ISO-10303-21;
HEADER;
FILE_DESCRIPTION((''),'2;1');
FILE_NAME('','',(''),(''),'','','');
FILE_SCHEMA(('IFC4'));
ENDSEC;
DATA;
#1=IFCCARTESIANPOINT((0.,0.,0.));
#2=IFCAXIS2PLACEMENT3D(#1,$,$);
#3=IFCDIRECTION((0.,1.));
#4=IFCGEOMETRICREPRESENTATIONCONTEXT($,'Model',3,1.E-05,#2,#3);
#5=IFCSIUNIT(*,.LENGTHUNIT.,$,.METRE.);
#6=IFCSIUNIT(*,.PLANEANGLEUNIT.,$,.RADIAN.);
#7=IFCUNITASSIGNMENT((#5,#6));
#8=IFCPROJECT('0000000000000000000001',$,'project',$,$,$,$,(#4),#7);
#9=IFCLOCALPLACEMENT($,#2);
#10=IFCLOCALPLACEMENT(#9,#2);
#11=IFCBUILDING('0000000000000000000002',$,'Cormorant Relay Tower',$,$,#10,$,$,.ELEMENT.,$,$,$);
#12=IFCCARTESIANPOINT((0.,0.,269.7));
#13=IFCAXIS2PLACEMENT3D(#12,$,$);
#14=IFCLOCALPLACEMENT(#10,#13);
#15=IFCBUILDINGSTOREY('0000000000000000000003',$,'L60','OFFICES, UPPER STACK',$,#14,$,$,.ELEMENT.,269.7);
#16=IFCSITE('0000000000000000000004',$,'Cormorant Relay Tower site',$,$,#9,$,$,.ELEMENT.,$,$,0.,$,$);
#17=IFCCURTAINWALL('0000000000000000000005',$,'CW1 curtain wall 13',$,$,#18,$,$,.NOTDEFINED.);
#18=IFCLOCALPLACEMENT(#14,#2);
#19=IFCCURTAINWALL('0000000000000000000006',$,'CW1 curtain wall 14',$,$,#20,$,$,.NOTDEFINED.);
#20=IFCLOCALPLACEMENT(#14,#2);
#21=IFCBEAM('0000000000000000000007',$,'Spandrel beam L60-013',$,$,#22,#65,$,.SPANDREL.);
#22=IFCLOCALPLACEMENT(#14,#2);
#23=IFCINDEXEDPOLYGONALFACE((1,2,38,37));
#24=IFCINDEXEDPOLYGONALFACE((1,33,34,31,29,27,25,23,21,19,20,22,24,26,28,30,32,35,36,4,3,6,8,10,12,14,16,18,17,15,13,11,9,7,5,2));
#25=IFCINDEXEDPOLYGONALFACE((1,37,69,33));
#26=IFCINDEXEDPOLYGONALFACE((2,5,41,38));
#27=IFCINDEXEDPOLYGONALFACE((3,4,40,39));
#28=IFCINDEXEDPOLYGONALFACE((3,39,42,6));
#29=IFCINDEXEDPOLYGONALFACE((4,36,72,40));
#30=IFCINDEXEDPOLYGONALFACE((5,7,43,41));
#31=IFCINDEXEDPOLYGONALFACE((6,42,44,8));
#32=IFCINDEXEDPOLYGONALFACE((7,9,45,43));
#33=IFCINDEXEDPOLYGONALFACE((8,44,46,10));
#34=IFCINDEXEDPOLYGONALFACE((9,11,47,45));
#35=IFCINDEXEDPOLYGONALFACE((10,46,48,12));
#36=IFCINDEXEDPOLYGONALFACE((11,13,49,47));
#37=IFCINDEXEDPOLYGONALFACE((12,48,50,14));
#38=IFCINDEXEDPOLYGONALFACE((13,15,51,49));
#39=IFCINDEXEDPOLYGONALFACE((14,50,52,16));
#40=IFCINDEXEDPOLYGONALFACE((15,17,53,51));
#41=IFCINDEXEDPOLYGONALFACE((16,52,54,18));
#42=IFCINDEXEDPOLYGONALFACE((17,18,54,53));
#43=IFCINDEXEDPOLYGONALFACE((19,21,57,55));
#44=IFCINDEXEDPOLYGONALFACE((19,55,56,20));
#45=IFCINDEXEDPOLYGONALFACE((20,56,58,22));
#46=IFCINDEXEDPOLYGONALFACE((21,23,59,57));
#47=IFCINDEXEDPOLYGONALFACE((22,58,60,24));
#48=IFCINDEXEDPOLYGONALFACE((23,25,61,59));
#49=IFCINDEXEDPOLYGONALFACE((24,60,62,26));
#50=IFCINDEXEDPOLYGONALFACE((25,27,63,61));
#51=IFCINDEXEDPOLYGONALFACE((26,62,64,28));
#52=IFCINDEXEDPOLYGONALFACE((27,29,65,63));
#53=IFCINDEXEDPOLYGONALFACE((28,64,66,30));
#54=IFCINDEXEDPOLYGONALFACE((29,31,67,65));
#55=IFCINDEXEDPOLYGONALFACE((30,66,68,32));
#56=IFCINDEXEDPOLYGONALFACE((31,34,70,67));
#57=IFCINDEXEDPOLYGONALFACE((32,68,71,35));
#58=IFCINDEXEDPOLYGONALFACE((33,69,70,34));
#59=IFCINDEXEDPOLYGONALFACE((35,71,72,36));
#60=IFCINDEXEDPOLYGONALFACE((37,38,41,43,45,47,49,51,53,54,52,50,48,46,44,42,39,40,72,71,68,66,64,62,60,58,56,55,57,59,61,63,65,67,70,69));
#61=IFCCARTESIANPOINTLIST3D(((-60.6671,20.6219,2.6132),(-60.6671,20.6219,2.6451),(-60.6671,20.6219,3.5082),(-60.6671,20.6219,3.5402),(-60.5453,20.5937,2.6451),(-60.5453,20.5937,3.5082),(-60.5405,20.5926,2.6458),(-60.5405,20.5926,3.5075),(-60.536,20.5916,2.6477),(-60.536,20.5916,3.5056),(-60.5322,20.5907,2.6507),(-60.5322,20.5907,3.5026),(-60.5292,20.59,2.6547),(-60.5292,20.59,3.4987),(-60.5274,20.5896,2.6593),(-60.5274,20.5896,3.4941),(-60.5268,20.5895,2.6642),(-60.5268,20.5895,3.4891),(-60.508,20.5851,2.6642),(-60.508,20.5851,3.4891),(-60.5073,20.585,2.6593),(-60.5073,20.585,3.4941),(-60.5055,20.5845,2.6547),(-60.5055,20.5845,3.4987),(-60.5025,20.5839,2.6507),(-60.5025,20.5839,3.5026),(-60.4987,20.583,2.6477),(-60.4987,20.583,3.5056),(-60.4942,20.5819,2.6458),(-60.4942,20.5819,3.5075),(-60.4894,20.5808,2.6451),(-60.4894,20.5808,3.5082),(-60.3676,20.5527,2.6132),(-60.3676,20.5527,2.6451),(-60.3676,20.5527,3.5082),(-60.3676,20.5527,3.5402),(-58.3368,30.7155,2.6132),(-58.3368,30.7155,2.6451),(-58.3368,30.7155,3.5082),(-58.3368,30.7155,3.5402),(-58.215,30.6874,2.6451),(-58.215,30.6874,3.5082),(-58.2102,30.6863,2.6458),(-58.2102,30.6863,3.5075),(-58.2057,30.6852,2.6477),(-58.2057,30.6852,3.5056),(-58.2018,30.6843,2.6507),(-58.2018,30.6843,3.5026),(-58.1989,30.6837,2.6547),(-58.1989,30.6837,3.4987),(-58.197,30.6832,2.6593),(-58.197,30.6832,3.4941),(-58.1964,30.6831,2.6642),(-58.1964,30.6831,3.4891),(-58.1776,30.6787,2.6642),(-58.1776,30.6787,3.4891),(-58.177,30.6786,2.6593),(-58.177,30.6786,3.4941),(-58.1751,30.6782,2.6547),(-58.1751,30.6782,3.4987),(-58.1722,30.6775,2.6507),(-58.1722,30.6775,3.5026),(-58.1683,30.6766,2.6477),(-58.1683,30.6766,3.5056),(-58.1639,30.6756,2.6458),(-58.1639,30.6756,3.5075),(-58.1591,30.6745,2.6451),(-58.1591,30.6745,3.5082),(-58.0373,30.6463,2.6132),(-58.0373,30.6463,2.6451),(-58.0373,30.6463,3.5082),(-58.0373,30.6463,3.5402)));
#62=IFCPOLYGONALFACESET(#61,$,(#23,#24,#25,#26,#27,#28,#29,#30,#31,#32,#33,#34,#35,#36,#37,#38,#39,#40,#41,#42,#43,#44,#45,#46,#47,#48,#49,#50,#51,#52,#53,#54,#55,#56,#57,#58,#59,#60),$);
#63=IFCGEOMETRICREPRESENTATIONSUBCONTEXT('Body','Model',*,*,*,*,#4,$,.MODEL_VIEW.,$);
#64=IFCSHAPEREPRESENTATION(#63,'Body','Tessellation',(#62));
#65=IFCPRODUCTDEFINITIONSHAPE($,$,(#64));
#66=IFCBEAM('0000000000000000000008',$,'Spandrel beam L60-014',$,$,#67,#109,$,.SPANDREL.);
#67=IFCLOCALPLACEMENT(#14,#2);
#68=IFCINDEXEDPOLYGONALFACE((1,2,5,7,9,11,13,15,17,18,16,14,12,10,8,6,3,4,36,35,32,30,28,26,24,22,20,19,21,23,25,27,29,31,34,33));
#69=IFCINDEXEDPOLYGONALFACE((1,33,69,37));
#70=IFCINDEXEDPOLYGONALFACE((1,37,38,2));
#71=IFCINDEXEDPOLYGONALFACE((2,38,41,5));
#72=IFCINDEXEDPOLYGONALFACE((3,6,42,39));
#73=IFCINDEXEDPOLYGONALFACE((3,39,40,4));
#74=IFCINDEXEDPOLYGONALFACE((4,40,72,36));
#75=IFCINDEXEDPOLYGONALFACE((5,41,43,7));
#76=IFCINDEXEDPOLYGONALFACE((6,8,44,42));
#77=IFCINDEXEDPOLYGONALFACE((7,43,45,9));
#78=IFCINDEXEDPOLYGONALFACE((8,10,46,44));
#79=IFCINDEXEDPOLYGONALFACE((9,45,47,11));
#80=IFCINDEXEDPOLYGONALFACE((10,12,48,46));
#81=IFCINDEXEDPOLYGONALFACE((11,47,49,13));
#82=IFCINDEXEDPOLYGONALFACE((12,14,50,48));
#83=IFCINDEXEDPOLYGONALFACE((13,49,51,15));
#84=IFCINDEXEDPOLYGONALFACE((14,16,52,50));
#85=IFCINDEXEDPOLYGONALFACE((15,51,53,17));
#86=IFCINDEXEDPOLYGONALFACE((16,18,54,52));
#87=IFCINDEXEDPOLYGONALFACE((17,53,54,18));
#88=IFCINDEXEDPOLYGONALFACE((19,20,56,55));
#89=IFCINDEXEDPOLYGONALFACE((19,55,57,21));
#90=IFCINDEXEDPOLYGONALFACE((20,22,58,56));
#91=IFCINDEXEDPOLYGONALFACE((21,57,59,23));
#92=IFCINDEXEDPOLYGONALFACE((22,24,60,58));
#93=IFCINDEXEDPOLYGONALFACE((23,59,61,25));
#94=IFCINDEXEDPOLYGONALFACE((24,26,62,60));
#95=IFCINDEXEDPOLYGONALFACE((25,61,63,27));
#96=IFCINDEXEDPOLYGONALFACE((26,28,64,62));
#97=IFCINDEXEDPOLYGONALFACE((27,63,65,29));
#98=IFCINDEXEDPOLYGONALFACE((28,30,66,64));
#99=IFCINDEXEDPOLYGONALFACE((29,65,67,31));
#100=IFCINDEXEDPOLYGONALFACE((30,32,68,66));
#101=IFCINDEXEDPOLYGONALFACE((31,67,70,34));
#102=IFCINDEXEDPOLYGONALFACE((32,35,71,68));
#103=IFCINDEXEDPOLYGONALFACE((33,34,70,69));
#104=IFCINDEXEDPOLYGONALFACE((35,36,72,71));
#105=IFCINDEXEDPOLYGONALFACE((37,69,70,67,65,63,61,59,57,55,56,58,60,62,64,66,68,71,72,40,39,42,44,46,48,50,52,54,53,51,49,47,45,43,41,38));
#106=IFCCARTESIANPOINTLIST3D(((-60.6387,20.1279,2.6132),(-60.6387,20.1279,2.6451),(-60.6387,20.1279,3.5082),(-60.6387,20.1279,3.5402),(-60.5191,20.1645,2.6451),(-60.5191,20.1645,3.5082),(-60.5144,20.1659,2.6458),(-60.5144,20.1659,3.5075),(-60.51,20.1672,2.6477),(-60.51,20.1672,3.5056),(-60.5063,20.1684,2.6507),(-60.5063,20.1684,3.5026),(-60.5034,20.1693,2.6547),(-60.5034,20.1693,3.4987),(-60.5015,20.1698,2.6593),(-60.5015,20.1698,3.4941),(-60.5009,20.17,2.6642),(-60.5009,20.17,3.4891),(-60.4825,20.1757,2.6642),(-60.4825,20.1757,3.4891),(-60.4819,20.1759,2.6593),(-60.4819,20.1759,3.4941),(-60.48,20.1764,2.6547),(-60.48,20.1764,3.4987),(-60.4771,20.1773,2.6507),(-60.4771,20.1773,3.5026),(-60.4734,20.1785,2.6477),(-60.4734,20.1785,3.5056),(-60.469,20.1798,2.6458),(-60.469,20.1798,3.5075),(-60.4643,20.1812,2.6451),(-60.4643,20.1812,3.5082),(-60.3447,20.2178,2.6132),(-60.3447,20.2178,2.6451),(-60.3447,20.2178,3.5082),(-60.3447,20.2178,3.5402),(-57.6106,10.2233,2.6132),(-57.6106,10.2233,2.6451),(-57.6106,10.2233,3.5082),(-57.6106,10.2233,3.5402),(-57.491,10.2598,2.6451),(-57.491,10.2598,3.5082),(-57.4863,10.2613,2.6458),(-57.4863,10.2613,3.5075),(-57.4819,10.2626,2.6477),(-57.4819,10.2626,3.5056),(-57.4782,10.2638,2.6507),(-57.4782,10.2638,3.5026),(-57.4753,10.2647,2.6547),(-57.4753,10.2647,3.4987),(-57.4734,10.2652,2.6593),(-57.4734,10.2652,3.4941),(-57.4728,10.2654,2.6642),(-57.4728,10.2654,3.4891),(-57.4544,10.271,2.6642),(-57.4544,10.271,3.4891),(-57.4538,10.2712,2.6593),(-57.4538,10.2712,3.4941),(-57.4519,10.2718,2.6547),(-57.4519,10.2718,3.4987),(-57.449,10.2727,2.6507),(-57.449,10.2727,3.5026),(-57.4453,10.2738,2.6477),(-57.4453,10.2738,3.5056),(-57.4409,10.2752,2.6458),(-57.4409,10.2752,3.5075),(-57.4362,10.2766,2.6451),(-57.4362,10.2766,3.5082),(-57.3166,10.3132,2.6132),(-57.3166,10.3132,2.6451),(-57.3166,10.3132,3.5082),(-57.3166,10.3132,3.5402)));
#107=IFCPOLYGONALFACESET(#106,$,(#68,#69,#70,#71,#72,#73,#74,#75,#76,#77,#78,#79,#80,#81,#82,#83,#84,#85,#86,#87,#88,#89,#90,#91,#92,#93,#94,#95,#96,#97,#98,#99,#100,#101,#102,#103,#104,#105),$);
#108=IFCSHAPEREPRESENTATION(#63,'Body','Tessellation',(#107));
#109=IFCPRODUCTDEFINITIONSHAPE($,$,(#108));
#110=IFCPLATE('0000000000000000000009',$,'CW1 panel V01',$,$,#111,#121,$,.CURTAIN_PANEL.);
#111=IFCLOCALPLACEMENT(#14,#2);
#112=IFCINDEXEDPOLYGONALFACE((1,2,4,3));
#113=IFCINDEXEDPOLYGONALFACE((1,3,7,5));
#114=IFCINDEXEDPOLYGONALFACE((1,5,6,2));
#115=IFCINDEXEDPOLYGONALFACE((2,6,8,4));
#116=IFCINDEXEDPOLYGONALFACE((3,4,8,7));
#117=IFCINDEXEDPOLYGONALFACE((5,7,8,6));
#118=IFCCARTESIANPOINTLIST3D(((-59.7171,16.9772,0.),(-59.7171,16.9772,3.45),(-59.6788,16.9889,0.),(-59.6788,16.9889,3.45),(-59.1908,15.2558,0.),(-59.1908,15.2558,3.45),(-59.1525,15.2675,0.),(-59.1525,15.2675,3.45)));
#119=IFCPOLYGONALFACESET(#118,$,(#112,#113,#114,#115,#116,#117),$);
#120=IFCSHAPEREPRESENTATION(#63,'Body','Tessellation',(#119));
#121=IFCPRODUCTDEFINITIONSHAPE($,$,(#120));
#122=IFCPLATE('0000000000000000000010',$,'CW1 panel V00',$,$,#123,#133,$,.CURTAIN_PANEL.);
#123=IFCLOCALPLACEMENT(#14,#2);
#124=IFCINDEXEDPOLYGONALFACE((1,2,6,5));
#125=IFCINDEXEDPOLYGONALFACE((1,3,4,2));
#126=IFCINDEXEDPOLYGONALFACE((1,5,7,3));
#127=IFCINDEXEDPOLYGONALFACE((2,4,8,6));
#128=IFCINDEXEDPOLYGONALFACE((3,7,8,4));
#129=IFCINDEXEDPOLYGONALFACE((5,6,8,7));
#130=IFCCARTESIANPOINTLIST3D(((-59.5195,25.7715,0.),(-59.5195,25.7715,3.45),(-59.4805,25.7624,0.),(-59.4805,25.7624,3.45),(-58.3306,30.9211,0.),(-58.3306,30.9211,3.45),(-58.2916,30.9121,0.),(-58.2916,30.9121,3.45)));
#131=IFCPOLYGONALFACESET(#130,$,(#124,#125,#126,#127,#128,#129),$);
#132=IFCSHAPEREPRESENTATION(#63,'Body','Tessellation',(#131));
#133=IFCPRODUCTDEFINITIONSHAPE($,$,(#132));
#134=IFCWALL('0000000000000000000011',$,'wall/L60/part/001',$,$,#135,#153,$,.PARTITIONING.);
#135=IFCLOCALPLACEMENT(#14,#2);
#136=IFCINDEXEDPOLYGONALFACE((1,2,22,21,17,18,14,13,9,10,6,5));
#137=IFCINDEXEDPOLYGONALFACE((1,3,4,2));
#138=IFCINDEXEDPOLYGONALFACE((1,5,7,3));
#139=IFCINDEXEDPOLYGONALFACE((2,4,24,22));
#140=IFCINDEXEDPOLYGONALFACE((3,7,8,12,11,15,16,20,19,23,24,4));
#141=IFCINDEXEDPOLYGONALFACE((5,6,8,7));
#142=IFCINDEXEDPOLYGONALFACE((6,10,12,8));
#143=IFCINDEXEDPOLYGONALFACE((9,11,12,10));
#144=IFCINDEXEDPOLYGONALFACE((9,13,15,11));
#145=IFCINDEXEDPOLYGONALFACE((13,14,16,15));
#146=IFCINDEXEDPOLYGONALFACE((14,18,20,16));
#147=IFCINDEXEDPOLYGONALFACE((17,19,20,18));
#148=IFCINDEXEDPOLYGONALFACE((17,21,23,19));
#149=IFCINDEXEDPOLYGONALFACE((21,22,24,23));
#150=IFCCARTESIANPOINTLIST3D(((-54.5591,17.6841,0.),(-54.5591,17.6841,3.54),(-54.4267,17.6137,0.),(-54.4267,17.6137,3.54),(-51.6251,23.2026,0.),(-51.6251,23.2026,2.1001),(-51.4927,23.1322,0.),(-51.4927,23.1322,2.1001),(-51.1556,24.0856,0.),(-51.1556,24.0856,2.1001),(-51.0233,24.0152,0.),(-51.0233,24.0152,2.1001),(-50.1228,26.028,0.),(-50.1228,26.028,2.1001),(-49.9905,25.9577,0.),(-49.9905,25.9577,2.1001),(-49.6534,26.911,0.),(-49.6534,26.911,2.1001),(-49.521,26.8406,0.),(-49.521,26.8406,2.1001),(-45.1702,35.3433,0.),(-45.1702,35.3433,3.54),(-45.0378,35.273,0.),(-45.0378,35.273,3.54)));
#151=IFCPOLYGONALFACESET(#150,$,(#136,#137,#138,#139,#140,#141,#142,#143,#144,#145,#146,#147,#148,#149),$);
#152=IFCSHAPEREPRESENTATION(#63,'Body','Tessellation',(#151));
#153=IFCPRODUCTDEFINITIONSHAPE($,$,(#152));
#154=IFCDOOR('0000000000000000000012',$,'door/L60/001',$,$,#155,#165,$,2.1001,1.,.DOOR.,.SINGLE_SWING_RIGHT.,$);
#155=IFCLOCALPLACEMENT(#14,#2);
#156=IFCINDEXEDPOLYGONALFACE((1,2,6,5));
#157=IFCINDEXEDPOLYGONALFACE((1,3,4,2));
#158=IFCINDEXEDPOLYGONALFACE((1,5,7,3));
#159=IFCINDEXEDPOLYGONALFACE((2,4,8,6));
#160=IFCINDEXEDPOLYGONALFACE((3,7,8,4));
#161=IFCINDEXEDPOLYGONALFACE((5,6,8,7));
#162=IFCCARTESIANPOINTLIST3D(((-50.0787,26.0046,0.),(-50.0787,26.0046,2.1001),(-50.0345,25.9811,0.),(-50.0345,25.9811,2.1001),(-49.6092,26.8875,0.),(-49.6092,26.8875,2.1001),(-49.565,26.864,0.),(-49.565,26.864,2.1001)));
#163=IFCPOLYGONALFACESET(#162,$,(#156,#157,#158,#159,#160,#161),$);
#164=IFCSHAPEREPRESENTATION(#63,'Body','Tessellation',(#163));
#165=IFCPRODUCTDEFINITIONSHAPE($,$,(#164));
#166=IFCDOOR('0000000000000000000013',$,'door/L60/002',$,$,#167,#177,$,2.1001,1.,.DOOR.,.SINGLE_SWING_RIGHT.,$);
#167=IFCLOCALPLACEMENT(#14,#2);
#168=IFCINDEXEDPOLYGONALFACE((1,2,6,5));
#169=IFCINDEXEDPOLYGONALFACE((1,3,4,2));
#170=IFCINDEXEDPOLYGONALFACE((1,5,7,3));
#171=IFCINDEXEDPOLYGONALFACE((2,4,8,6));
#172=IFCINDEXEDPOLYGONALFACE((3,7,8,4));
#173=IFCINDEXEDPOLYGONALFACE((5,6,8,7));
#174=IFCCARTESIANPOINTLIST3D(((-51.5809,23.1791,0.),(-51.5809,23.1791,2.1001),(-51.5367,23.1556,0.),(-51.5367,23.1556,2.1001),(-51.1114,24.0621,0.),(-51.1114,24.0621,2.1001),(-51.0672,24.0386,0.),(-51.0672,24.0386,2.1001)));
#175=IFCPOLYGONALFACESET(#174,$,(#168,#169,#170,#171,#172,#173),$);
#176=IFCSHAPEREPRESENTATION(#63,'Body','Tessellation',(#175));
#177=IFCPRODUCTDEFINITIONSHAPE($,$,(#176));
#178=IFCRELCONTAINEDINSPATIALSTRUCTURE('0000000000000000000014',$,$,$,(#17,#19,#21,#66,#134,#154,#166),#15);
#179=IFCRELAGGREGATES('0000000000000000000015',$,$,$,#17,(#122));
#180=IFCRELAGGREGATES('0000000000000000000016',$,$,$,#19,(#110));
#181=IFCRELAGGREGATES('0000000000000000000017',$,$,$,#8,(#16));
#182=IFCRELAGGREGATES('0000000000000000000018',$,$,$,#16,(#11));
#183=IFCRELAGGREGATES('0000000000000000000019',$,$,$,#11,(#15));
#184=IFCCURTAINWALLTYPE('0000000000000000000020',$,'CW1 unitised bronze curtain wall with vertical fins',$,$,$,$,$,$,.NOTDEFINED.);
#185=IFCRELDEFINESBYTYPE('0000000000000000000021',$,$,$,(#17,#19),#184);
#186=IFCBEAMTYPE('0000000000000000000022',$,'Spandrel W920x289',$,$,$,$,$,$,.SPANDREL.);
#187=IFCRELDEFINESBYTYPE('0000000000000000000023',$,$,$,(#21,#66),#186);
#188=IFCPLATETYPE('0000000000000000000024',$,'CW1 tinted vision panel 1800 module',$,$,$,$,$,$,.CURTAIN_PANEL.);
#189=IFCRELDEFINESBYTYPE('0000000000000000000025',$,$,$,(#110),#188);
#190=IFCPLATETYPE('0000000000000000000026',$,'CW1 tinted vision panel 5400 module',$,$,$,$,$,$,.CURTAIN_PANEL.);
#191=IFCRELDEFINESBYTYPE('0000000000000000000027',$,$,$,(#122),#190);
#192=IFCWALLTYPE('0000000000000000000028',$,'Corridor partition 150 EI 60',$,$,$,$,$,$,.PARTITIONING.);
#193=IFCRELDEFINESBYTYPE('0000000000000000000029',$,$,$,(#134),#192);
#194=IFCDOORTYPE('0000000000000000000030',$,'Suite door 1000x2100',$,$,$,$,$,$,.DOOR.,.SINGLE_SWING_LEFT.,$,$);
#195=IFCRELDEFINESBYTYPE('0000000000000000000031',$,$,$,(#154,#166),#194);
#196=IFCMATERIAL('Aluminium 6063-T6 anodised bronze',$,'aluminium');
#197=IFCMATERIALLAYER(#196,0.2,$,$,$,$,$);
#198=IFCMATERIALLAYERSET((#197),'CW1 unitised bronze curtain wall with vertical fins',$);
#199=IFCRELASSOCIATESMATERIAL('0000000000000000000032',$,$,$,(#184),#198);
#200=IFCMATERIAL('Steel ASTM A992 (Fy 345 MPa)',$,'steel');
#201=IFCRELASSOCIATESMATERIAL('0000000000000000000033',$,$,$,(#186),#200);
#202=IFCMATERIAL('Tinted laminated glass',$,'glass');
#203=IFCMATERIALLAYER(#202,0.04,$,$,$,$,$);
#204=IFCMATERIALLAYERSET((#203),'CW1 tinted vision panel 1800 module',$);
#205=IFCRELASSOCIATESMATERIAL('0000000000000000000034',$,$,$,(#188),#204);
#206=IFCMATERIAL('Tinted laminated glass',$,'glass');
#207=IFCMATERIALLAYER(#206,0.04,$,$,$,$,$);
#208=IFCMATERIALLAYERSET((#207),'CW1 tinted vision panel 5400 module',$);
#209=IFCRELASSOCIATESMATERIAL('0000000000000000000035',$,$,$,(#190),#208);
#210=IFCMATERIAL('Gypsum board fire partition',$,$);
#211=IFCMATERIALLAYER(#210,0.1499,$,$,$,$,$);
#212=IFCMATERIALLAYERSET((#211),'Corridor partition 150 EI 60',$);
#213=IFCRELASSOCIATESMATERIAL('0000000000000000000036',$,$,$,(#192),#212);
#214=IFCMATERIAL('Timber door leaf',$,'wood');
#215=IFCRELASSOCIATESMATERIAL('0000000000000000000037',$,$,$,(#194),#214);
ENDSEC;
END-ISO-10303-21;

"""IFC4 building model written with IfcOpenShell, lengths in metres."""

from ifc_helpers import new_model, si_unit, direction, frame, frame_2d, origin, origin_2d, place, context, subcontext, project, spatial, rectangle, i_section, extrude, material, layer, layer_set, material_profile, profile_set, type_object, element, fill, aggregate, save


model = new_model("IFC4")

# Units and contexts
model_context = context("Model", 3, precision=1e-05, world=origin(), true_north=direction((0.0, 1.0)))
body_context = subcontext(model_context, "Body", "Model", "MODEL_VIEW")
ifc_project = project(units=[si_unit("LENGTHUNIT", "METRE"), si_unit("PLANEANGLEUNIT", "RADIAN")], contexts=[model_context])

# Site, building, storey
site_placement = place(None, origin())
site = spatial("IfcSite", under=ifc_project, at=site_placement, Name="Cormorant Relay Tower site", CompositionType="ELEMENT", RefElevation=0.0)
building_placement = place(site_placement, origin())
building = spatial("IfcBuilding", under=site, at=building_placement, Name="Cormorant Relay Tower", CompositionType="ELEMENT")
storey_placement = place(building_placement, frame((0.0, 0.0, 269.7)))
storey = spatial("IfcBuildingStorey", under=building, at=storey_placement, Name="L60", Description="OFFICES, UPPER STACK", CompositionType="ELEMENT", Elevation=269.7)

# Curtain wall
ifc_material_1 = material(Name="Aluminium 6063-T6 anodised bronze", Category="aluminium")
ifc_layer_1 = layer(ifc_material_1, 0.2)
ifc_layer_set_1 = layer_set([ifc_layer_1], Name="CW1 unitised bronze curtain wall with vertical fins")
curtain_wall_type = type_object("IfcCurtainWallType", Name="CW1 unitised bronze curtain wall with vertical fins", PredefinedType="NOTDEFINED", material=ifc_layer_set_1)
curtain_wall_1_placement = place(storey_placement, origin())
curtain_wall_1 = element("IfcCurtainWall", 1, at=curtain_wall_1_placement, inside=storey, type_object=curtain_wall_type, Name="CW1 curtain wall 13", PredefinedType="NOTDEFINED")

# Curtain wall
curtain_wall_2_placement = place(storey_placement, origin())
curtain_wall_2 = element("IfcCurtainWall", 2, at=curtain_wall_2_placement, inside=storey, type_object=curtain_wall_type, Name="CW1 curtain wall 14", PredefinedType="NOTDEFINED")

# Beams
ifc_material_2 = material(Name="Steel ASTM A992 (Fy 345 MPa)", Category="steel")
ifc_material_profile_1 = material_profile(ifc_material_2, i_section(OverallWidth=0.3074, OverallDepth=0.927, WebThickness=0.0193, FlangeThickness=0.032, FilletRadius=0.019, at=origin_2d()), Name="W920x289")
ifc_profile_set_1 = profile_set([ifc_material_profile_1], Name="Steel ASTM A992 (Fy 345 MPa)")
beam_type = type_object("IfcBeamType", Name="Spandrel W920x289", PredefinedType="SPANDREL", material=ifc_profile_set_1)
beam_1_placement = place(storey_placement, frame((-58.187, 30.6809, 3.0767), z_axis=(-0.224956, -0.974369, 0.0), x_axis=(0.974369, -0.224956, 0.0)))
element("IfcBeam", 3, at=beam_1_placement, inside=storey, type_object=beam_type, Name="Spandrel beam L60-013", PredefinedType="SPANDREL", context=body_context, shape_type="SweptSolid", body=[
    extrude(i_section(OverallWidth=0.3074, OverallDepth=0.927, WebThickness=0.0193, FlangeThickness=0.032, FilletRadius=0.019, at=origin_2d()), origin(), (0.0, 0.0, 1.0), 10.3591),
])
beam_2_placement = place(storey_placement, frame((-60.4917, 20.1729, 3.0767), z_axis=(0.292368, -0.956306, 0.0), x_axis=(0.956306, 0.292368, 0.0)))
element("IfcBeam", 4, at=beam_2_placement, inside=storey, type_object=beam_type, Name="Spandrel beam L60-014", PredefinedType="SPANDREL", context=body_context, shape_type="SweptSolid", body=[
    extrude(i_section(OverallWidth=0.3074, OverallDepth=0.927, WebThickness=0.0193, FlangeThickness=0.032, FilletRadius=0.019, at=origin_2d()), origin(), (0.0, 0.0, 1.0), 10.3572),
])

# Plates
ifc_material_3 = material(Name="Tinted laminated glass", Category="glass")
ifc_layer_2 = layer(ifc_material_3, 0.04)
ifc_layer_set_2 = layer_set([ifc_layer_2], Name="CW1 tinted vision panel 1800 module")
plate_type_1 = type_object("IfcPlateType", Name="CW1 tinted vision panel 1800 module", PredefinedType="CURTAIN_PANEL", material=ifc_layer_set_2)
plate_1_placement = place(storey_placement, frame((-59.4348, 16.1223, 0.0), z_axis=(0.0, 0.0, 1.0), x_axis=(0.292372, -0.956305, 0.0)))
plate_1 = element("IfcPlate", 5, at=plate_1_placement, type_object=plate_type_1, Name="CW1 panel V01", PredefinedType="CURTAIN_PANEL", context=body_context, shape_type="SweptSolid", body=[
    extrude(rectangle(XDim=1.8, YDim=0.04, at=origin_2d()), origin(), (0.0, 0.0, 1.0), 3.45),
])
ifc_material_4 = material(Name="Tinted laminated glass", Category="glass")
ifc_layer_3 = layer(ifc_material_4, 0.04)
ifc_layer_set_3 = layer_set([ifc_layer_3], Name="CW1 tinted vision panel 5400 module")
plate_type_2 = type_object("IfcPlateType", Name="CW1 tinted vision panel 5400 module", PredefinedType="CURTAIN_PANEL", material=ifc_layer_set_3)
plate_2_placement = place(storey_placement, frame((-58.9055, 28.3418, 0.0), z_axis=(0.0, 0.0, 1.0), x_axis=(-0.224951, -0.97437, 0.0)))
plate_2 = element("IfcPlate", 6, at=plate_2_placement, type_object=plate_type_2, Name="CW1 panel V00", PredefinedType="CURTAIN_PANEL", context=body_context, shape_type="SweptSolid", body=[
    extrude(rectangle(XDim=5.2852, YDim=0.04, at=origin_2d()), origin(), (0.0, 0.0, 1.0), 3.45),
])

# Wall, openings, doors
ifc_material_5 = material(Name="Gypsum board fire partition")
ifc_layer_4 = layer(ifc_material_5, 0.1499)
ifc_layer_set_4 = layer_set([ifc_layer_4], Name="Corridor partition 150 EI 60")
wall_type_1 = type_object("IfcWallType", Name="Corridor partition 150 EI 60", PredefinedType="PARTITIONING", material=ifc_layer_set_4)
wall_1_placement = place(storey_placement, frame((-54.4929, 17.6489, 0.0), z_axis=(0.0, 0.0, 1.0), x_axis=(0.469447, 0.882961, 0.0)))
wall_1 = element("IfcWall", 7, at=wall_1_placement, inside=storey, type_object=wall_type_1, Name="wall/L60/part/001", PredefinedType="PARTITIONING", context=body_context, shape_type="SweptSolid", body=[
    extrude(rectangle(XDim=20.0, YDim=0.1499, at=frame_2d((10.0, 0.0))), origin(), (0.0, 0.0, 1.0), 3.54),
])
opening_1_placement = place(wall_1_placement, frame((9.45, 0.0, 0.0)))
opening_1 = element("IfcOpeningElement", 8, at=opening_1_placement, cuts=wall_1, PredefinedType="OPENING", context=body_context, shape_type="SweptSolid", body=[
    extrude(rectangle(XDim=1.0, YDim=2.1001, at=frame_2d((0.5, 1.05))), frame((0.0, 0.085, 0.0), z_axis=(0.0, -1.0, 0.0), x_axis=(1.0, 0.0, 0.0)), (0.0, 0.0, 1.0), 0.1699),
])
opening_2_placement = place(wall_1_placement, frame((6.25, 0.0, 0.0)))
opening_2 = element("IfcOpeningElement", 9, at=opening_2_placement, cuts=wall_1, PredefinedType="OPENING", context=body_context, shape_type="SweptSolid", body=[
    extrude(rectangle(XDim=1.0, YDim=2.1001, at=frame_2d((0.5, 1.05))), frame((0.0, 0.085, 0.0), z_axis=(0.0, -1.0, 0.0), x_axis=(1.0, 0.0, 0.0)), (0.0, 0.0, 1.0), 0.1699),
])
ifc_material_6 = material(Name="Timber door leaf", Category="wood")
door_type_1 = type_object("IfcDoorType", Name="Suite door 1000x2100", OperationType="SINGLE_SWING_LEFT", PredefinedType="DOOR", material=ifc_material_6)
door_1_placement = place(opening_1_placement, origin())
door_1 = element("IfcDoor", 10, at=door_1_placement, inside=storey, type_object=door_type_1, Name="door/L60/001", OperationType="SINGLE_SWING_RIGHT", OverallHeight=2.1001, OverallWidth=1.0, PredefinedType="DOOR", context=body_context, shape_type="SweptSolid", body=[
    extrude(rectangle(XDim=1.0, YDim=2.1001, at=frame_2d((0.5, 1.05))), frame((0.0, 0.0249, 0.0), z_axis=(0.0, -1.0, 0.0), x_axis=(1.0, 0.0, 0.0)), (0.0, 0.0, 1.0), 0.05),
])
fill(opening_1, door_1)
door_2_placement = place(opening_2_placement, origin())
door_2 = element("IfcDoor", 11, at=door_2_placement, inside=storey, type_object=door_type_1, Name="door/L60/002", OperationType="SINGLE_SWING_RIGHT", OverallHeight=2.1001, OverallWidth=1.0, PredefinedType="DOOR", context=body_context, shape_type="SweptSolid", body=[
    extrude(rectangle(XDim=1.0, YDim=2.1001, at=frame_2d((0.5, 1.05))), frame((0.0, 0.0249, 0.0), z_axis=(0.0, -1.0, 0.0), x_axis=(1.0, 0.0, 0.0)), (0.0, 0.0, 1.0), 0.05),
])
fill(opening_2, door_2)

aggregate(curtain_wall_1, [plate_2])
aggregate(curtain_wall_2, [plate_1])

save(model, "model.ifc")
